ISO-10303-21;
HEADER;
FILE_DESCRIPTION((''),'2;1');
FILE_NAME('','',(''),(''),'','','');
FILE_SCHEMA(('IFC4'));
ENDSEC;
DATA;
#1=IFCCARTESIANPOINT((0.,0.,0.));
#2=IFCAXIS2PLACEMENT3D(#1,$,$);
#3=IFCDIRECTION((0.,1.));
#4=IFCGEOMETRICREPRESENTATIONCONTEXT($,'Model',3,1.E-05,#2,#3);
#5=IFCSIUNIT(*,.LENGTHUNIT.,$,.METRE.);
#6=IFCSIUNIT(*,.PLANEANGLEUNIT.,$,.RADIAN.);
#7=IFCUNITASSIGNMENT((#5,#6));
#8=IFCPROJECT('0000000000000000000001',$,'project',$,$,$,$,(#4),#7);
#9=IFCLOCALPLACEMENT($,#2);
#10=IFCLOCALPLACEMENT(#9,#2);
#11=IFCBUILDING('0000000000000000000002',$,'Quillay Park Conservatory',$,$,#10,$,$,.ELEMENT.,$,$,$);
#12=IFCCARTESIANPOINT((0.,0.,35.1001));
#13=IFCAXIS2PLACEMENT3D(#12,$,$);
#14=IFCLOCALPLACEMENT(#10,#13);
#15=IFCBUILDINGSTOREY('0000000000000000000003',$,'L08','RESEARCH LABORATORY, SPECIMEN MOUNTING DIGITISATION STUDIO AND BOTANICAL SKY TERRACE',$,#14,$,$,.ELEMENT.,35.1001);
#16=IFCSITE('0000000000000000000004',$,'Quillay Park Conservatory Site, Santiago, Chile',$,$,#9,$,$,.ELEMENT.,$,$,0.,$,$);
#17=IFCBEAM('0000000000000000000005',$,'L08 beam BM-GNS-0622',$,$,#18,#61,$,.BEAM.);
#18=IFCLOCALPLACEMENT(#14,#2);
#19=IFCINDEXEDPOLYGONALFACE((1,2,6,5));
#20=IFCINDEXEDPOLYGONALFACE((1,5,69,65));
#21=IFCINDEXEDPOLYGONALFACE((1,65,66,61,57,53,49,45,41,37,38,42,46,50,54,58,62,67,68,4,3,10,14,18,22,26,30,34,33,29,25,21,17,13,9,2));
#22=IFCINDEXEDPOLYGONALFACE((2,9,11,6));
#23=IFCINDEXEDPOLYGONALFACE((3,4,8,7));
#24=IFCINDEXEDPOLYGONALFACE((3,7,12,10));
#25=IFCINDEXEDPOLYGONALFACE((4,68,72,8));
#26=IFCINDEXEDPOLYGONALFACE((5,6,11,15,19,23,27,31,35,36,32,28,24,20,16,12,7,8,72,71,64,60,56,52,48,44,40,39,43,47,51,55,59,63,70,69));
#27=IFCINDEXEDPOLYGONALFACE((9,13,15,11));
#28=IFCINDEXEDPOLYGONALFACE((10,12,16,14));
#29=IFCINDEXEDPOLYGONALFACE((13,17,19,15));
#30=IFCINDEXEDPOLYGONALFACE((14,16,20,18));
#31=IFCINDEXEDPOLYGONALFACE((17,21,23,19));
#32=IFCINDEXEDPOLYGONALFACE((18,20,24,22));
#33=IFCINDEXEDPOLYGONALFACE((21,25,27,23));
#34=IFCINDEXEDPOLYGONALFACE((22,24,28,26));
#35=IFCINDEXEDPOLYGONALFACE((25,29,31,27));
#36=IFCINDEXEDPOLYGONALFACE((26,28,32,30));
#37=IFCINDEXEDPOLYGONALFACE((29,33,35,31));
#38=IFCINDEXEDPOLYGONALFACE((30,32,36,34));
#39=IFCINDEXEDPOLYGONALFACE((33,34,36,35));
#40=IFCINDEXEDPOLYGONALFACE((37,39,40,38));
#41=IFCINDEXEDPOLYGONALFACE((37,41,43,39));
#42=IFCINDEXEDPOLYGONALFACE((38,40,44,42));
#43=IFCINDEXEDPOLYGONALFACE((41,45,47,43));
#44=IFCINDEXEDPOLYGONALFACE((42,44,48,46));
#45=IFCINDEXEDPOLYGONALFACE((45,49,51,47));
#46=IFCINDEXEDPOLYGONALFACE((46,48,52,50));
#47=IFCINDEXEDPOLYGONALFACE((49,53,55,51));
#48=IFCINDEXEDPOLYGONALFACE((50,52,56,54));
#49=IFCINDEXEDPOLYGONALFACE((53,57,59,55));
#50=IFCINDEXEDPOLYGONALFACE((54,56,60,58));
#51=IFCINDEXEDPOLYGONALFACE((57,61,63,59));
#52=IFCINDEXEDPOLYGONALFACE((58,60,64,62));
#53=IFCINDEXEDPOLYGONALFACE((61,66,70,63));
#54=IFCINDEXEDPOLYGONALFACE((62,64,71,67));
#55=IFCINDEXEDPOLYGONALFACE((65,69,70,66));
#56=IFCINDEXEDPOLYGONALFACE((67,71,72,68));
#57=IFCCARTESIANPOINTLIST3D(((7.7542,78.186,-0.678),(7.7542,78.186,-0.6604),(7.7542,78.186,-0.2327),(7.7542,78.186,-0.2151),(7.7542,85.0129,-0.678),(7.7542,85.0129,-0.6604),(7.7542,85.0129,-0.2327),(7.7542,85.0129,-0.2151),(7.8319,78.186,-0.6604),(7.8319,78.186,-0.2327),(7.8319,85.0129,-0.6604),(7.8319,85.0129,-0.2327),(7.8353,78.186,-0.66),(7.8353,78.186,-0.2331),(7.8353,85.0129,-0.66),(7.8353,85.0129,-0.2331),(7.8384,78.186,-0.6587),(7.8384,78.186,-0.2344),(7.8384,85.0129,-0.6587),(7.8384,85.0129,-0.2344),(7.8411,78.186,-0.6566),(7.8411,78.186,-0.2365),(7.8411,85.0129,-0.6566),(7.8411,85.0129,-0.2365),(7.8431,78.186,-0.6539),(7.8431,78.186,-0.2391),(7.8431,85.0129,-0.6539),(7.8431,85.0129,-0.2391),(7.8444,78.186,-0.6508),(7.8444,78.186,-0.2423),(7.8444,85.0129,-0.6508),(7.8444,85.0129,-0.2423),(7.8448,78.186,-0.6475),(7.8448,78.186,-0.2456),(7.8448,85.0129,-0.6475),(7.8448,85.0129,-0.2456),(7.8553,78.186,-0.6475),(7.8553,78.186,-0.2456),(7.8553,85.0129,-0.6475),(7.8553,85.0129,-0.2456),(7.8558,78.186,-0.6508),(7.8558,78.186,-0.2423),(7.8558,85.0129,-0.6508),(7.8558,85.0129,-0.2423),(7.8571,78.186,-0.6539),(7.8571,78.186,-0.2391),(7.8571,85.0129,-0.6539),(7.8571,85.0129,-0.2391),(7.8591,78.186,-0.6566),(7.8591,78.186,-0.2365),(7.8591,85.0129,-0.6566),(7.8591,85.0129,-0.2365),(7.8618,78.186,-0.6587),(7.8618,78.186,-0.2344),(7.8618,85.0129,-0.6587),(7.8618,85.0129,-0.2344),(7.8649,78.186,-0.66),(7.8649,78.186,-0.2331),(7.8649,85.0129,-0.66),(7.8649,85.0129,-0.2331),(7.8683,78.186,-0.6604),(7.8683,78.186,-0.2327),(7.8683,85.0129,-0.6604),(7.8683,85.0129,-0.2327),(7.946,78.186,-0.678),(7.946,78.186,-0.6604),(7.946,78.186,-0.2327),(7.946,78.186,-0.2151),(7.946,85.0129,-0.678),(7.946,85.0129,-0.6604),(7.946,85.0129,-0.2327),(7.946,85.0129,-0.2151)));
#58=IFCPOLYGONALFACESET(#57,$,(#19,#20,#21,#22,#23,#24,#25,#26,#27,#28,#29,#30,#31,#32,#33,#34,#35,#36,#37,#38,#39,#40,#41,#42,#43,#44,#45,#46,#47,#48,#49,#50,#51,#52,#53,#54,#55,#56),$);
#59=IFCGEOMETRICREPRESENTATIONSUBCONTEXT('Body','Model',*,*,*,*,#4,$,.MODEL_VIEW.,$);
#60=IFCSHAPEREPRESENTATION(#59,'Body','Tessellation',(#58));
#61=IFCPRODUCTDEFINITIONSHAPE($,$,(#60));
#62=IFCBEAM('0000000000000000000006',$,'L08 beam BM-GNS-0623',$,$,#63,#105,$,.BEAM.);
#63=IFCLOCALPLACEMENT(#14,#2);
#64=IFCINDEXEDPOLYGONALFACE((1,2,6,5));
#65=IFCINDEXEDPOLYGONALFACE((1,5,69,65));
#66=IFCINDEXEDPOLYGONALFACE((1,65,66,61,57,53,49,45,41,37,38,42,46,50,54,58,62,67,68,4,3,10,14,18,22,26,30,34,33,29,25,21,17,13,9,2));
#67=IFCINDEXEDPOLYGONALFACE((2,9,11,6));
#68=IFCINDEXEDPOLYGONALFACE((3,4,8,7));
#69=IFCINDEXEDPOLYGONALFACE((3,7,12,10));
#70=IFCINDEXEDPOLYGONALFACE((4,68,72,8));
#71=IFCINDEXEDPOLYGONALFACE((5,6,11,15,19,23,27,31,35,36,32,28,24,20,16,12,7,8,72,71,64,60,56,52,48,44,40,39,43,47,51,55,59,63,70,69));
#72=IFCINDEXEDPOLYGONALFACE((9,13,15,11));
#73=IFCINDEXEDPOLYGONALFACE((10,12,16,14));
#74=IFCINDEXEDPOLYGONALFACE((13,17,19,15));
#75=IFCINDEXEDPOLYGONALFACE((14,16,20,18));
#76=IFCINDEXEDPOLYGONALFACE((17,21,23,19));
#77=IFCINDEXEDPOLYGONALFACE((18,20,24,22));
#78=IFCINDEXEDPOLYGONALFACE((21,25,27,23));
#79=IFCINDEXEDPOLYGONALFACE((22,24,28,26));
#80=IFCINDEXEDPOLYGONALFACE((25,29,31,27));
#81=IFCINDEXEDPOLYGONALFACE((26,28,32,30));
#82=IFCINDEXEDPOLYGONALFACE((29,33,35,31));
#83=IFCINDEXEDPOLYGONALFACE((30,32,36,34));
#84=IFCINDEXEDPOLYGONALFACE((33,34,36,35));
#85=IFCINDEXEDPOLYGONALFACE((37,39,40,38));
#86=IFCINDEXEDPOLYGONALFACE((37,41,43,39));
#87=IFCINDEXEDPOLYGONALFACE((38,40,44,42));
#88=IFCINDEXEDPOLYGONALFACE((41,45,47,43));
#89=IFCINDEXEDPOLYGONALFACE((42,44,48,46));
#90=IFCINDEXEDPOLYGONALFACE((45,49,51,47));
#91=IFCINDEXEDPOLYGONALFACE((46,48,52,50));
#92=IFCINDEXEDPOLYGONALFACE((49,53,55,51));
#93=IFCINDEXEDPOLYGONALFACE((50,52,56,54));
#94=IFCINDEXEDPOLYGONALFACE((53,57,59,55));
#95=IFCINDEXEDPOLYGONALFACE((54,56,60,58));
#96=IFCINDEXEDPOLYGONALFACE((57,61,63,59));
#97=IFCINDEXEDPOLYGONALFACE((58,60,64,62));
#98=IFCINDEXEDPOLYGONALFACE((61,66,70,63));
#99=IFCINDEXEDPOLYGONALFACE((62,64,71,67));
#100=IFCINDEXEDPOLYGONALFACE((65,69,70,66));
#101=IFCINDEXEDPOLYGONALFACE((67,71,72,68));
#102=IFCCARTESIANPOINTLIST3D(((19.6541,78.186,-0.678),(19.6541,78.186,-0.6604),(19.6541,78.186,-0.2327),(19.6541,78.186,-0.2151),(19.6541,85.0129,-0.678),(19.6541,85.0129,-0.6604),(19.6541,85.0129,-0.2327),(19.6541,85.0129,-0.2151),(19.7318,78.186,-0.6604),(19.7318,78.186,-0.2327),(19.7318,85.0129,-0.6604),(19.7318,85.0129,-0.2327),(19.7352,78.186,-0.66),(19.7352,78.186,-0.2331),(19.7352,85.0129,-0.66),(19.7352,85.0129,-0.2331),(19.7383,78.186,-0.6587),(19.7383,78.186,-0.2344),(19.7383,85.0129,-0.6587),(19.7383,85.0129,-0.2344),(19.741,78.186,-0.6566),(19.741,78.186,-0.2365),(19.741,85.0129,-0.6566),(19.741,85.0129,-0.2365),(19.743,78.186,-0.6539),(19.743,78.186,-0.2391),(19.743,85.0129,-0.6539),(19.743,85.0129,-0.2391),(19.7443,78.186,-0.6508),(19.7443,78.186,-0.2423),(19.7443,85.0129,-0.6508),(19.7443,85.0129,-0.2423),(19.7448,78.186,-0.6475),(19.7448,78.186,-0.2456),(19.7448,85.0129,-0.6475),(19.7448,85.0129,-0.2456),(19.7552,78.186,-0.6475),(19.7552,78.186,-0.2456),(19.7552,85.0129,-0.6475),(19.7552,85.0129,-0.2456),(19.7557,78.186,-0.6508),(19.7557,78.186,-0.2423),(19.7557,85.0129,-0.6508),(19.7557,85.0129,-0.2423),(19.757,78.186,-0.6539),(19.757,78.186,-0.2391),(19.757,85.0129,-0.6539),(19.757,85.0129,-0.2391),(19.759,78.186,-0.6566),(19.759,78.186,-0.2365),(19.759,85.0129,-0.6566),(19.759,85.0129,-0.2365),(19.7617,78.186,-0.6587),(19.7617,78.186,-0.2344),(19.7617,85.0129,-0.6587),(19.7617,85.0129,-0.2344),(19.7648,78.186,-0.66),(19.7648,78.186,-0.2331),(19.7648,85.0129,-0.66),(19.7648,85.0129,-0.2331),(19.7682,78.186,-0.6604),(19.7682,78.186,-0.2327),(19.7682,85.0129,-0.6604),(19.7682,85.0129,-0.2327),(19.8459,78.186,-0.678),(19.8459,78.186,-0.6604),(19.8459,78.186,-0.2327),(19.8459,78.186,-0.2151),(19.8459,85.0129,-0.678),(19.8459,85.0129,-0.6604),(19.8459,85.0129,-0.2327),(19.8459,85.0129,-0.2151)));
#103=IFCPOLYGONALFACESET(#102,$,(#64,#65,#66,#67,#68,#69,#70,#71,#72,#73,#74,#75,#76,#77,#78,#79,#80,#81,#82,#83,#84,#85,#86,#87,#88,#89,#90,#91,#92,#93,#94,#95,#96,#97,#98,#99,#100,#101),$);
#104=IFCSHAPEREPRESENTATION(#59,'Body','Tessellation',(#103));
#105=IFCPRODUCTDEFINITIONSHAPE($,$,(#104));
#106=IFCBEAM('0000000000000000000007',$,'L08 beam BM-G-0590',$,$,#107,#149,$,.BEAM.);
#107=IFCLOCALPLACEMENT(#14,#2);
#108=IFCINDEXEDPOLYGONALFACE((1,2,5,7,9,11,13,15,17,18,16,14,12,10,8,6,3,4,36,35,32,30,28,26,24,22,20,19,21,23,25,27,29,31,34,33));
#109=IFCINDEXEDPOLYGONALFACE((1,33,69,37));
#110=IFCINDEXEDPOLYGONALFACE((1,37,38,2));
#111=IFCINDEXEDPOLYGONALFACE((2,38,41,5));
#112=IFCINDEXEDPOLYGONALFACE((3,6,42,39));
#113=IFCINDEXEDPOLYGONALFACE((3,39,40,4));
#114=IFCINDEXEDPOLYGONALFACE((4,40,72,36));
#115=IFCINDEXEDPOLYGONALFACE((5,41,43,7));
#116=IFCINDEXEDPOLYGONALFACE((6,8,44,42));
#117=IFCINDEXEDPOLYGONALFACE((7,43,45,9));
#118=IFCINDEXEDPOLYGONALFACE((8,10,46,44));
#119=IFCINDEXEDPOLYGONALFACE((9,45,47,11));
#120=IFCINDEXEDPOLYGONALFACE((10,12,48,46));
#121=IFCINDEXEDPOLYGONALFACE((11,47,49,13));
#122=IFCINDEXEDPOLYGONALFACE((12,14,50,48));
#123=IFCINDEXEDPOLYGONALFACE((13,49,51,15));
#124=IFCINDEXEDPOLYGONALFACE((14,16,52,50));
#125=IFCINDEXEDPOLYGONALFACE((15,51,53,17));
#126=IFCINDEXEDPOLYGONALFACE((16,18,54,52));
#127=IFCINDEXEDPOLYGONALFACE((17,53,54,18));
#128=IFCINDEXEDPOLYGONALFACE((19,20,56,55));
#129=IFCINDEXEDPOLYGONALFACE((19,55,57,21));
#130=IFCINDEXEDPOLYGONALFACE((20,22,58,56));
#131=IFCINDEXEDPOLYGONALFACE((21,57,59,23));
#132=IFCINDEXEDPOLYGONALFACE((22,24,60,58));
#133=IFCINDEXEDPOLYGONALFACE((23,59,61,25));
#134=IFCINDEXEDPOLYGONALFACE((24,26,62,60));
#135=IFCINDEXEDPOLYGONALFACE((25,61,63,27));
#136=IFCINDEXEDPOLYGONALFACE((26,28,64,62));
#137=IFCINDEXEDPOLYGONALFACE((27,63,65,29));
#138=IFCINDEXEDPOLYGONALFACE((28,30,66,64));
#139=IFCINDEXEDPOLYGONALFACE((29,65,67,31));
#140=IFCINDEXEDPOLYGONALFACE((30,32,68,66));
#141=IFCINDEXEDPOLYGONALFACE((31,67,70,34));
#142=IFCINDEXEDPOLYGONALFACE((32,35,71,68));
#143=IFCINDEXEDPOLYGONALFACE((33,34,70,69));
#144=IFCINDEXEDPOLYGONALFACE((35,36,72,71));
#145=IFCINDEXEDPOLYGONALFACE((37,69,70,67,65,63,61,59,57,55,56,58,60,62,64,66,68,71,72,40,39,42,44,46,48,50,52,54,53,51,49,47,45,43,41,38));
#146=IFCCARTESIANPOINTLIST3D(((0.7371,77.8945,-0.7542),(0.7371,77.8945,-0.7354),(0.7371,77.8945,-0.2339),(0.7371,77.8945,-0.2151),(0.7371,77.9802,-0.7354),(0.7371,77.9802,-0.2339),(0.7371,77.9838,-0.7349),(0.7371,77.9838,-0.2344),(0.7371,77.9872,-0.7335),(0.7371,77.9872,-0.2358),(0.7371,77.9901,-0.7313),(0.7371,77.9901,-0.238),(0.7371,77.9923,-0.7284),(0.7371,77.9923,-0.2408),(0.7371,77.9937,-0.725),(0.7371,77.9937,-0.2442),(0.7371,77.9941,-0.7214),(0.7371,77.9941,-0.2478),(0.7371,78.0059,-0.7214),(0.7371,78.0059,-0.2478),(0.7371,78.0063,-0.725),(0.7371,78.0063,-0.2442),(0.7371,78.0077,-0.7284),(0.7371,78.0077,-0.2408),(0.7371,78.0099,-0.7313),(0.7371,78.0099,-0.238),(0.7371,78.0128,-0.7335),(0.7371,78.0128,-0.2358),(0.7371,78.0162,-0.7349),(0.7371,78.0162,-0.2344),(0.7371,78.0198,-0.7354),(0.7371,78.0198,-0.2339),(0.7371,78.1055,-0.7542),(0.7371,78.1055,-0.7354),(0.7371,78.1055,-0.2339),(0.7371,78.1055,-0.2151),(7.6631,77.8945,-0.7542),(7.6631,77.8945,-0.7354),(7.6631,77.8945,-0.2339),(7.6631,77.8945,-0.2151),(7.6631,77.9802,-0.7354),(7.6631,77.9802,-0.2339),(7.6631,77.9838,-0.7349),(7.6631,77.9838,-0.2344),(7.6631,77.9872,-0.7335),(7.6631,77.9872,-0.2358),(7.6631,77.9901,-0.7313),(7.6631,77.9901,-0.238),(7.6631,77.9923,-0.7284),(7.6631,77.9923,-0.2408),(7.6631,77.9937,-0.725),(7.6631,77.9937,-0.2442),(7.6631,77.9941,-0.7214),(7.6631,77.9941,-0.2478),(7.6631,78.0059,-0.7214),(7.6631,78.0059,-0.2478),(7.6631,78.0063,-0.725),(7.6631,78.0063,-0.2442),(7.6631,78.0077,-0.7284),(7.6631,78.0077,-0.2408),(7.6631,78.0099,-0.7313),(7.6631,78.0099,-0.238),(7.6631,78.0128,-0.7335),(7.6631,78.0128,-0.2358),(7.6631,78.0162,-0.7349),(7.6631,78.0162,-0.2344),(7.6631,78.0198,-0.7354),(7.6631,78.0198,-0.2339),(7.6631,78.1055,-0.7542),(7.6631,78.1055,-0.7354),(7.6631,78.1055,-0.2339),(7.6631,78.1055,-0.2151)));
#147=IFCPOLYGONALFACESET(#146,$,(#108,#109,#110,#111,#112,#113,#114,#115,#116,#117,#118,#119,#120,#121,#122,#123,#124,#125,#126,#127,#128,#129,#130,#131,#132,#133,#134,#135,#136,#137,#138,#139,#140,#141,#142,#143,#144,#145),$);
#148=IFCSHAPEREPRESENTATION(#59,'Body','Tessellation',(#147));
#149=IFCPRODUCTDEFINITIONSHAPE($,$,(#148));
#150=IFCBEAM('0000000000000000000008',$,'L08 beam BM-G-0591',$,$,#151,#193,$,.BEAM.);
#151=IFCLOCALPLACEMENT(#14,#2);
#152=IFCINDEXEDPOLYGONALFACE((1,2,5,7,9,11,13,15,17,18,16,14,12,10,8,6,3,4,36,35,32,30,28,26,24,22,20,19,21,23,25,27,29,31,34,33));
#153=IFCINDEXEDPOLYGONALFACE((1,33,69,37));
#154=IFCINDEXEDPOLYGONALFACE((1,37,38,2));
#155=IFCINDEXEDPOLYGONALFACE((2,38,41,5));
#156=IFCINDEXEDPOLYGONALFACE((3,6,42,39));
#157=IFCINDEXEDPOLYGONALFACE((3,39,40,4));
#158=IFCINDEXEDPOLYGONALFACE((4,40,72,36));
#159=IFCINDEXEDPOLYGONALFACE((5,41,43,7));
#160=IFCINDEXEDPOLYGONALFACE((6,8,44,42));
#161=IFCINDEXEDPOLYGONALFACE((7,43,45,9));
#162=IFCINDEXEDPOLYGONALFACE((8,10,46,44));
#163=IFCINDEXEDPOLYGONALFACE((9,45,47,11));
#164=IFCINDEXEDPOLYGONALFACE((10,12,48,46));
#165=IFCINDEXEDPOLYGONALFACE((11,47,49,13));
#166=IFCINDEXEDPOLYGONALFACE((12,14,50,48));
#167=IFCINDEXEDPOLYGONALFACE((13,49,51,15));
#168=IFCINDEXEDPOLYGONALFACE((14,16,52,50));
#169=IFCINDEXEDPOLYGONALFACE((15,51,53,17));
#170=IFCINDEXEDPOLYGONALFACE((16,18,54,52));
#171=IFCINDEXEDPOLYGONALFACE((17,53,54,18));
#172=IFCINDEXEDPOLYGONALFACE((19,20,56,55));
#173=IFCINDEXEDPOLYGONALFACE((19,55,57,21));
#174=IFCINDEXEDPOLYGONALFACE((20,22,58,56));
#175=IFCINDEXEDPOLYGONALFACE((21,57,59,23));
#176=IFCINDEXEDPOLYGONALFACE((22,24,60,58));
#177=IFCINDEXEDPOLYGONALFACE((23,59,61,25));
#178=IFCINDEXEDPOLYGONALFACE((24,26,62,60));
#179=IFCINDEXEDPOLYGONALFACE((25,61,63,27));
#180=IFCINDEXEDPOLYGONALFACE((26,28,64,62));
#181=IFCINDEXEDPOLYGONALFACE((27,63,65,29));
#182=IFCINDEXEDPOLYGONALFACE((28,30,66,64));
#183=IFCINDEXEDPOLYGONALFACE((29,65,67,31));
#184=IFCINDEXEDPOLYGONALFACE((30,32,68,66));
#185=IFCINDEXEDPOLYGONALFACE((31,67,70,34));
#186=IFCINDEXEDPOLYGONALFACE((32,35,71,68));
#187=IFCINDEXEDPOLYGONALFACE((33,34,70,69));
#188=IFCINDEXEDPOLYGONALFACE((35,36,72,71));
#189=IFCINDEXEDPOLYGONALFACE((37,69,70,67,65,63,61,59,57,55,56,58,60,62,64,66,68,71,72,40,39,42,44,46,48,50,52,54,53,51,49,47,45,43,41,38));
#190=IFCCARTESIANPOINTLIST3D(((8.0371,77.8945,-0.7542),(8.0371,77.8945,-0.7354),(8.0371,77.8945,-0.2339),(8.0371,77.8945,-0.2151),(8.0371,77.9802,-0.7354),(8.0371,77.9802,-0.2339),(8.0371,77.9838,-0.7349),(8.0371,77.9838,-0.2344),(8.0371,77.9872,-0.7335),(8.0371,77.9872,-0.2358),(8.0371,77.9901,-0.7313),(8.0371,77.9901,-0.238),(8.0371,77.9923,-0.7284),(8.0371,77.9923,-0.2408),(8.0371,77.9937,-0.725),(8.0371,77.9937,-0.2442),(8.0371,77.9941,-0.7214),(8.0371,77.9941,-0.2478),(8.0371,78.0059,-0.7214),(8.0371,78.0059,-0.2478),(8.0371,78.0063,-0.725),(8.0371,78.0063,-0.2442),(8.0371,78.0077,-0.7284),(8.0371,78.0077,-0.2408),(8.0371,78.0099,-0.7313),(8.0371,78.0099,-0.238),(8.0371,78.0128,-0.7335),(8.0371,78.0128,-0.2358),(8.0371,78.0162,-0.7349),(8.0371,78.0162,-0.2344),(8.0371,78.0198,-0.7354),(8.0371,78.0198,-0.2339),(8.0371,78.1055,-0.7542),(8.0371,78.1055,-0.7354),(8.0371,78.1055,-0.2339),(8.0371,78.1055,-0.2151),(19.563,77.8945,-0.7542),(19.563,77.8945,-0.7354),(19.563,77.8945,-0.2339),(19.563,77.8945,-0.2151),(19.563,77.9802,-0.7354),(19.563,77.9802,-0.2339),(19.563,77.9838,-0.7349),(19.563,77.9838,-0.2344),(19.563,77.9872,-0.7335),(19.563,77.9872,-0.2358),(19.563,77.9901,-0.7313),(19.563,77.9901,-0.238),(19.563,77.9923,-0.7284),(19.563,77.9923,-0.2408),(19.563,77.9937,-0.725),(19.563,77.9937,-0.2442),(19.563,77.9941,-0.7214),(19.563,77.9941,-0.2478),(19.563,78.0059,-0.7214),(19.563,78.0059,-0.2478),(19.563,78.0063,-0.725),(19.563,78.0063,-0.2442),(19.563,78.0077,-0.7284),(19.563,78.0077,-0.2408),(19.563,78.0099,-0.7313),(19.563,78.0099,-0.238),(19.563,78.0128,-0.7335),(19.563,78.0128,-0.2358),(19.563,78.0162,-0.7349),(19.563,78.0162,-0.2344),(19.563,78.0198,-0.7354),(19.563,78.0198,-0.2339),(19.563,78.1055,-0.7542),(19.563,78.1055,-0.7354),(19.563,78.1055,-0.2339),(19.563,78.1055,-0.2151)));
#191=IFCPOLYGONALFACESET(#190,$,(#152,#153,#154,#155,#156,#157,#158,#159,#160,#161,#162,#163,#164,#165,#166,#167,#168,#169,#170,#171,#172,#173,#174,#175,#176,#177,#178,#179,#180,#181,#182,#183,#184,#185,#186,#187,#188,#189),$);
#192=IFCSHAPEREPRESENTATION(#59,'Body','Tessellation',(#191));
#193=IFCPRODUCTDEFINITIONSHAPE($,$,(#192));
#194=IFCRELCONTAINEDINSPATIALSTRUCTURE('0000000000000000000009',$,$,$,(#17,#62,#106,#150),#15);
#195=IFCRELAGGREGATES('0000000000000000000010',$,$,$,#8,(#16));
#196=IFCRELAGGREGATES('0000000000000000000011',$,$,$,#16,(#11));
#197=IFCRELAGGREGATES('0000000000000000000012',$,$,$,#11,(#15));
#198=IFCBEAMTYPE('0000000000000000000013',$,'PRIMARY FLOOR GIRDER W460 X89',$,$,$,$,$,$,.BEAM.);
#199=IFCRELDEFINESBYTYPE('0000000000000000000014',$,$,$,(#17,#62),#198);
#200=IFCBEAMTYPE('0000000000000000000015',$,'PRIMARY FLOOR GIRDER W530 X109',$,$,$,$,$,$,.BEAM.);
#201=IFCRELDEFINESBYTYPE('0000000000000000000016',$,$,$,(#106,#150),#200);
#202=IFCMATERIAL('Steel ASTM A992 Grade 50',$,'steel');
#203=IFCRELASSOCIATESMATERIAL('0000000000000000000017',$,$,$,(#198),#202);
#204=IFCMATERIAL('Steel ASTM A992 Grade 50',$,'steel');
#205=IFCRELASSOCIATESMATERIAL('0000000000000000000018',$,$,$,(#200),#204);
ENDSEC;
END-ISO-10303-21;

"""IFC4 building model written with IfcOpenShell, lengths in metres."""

from ifc_helpers import new_model, si_unit, direction, frame, origin, origin_2d, place, context, subcontext, project, spatial, i_section, extrude, material, material_profile, profile_set, type_object, element, save


model = new_model("IFC4")

# Units and contexts
model_context = context("Model", 3, precision=1e-05, world=origin(), true_north=direction((0.0, 1.0)))
body_context = subcontext(model_context, "Body", "Model", "MODEL_VIEW")
ifc_project = project(units=[si_unit("LENGTHUNIT", "METRE"), si_unit("PLANEANGLEUNIT", "RADIAN")], contexts=[model_context])

# Site, building, storey
site_placement = place(None, origin())
site = spatial("IfcSite", under=ifc_project, at=site_placement, Name="Quillay Park Conservatory Site, Santiago, Chile", CompositionType="ELEMENT", RefElevation=0.0)
building_placement = place(site_placement, origin())
building = spatial("IfcBuilding", under=site, at=building_placement, Name="Quillay Park Conservatory", CompositionType="ELEMENT")
storey_placement = place(building_placement, frame((0.0, 0.0, 35.1001)))
storey = spatial("IfcBuildingStorey", under=building, at=storey_placement, Name="L08", Description="RESEARCH LABORATORY, SPECIMEN MOUNTING DIGITISATION STUDIO AND BOTANICAL SKY TERRACE", CompositionType="ELEMENT", Elevation=35.1001)

# Beams
ifc_material_1 = material(Name="Steel ASTM A992 Grade 50", Category="steel")
ifc_material_profile_1 = material_profile(ifc_material_1, i_section(OverallWidth=0.1919, OverallDepth=0.4629, WebThickness=0.0105, FlangeThickness=0.0176, FilletRadius=0.0129, at=origin_2d()), Name="W460x89")
ifc_profile_set_1 = profile_set([ifc_material_profile_1], Name="Steel ASTM A992 Grade 50")
beam_type_1 = type_object("IfcBeamType", Name="PRIMARY FLOOR GIRDER W460 X89", PredefinedType="BEAM", material=ifc_profile_set_1)
for number, where, z_axis, x_axis, name in (
    (1, (7.8501, 78.186, -0.4465), (0.0, 1.0, 0.0), (-1.0, 0.0, 0.0), "L08 beam BM-GNS-0622"),
    (2, (19.75, 78.186, -0.4465), (0.0, 1.0, 0.0), (-1.0, 0.0, 0.0), "L08 beam BM-GNS-0623"),
):
    element("IfcBeam", number, at=place(storey_placement, frame(where, z_axis=z_axis, x_axis=x_axis)), inside=storey, type_object=beam_type_1, Name=name, PredefinedType="BEAM", context=body_context, shape_type="SweptSolid", body=[
        extrude(i_section(OverallWidth=0.1919, OverallDepth=0.4629, WebThickness=0.0105, FlangeThickness=0.0176, FilletRadius=0.0129, at=origin_2d()), origin(), (0.0, 0.0, 1.0), 6.8269),
    ])
ifc_material_2 = material(Name="Steel ASTM A992 Grade 50", Category="steel")
ifc_material_profile_2 = material_profile(ifc_material_2, i_section(OverallWidth=0.2109, OverallDepth=0.5391, WebThickness=0.0117, FlangeThickness=0.0188, FilletRadius=0.0139, at=origin_2d()), Name="W530x109")
ifc_profile_set_2 = profile_set([ifc_material_profile_2], Name="Steel ASTM A992 Grade 50")
beam_type_2 = type_object("IfcBeamType", Name="PRIMARY FLOOR GIRDER W530 X109", PredefinedType="BEAM", material=ifc_profile_set_2)
beam_1_placement = place(storey_placement, frame((0.7371, 78.0, -0.4846), z_axis=(1.0, 0.0, 0.0), x_axis=(0.0, 1.0, 0.0)))
element("IfcBeam", 3, at=beam_1_placement, inside=storey, type_object=beam_type_2, Name="L08 beam BM-G-0590", PredefinedType="BEAM", context=body_context, shape_type="SweptSolid", body=[
    extrude(i_section(OverallWidth=0.2109, OverallDepth=0.5391, WebThickness=0.0117, FlangeThickness=0.0188, FilletRadius=0.0139, at=origin_2d()), origin(), (0.0, 0.0, 1.0), 6.926),
])
beam_2_placement = place(storey_placement, frame((8.0371, 78.0, -0.4846), z_axis=(1.0, 0.0, 0.0), x_axis=(0.0, 1.0, 0.0)))
element("IfcBeam", 4, at=beam_2_placement, inside=storey, type_object=beam_type_2, Name="L08 beam BM-G-0591", PredefinedType="BEAM", context=body_context, shape_type="SweptSolid", body=[
    extrude(i_section(OverallWidth=0.2109, OverallDepth=0.5391, WebThickness=0.0117, FlangeThickness=0.0188, FilletRadius=0.0139, at=origin_2d()), origin(), (0.0, 0.0, 1.0), 11.5259),
])

save(model, "model.ifc")
